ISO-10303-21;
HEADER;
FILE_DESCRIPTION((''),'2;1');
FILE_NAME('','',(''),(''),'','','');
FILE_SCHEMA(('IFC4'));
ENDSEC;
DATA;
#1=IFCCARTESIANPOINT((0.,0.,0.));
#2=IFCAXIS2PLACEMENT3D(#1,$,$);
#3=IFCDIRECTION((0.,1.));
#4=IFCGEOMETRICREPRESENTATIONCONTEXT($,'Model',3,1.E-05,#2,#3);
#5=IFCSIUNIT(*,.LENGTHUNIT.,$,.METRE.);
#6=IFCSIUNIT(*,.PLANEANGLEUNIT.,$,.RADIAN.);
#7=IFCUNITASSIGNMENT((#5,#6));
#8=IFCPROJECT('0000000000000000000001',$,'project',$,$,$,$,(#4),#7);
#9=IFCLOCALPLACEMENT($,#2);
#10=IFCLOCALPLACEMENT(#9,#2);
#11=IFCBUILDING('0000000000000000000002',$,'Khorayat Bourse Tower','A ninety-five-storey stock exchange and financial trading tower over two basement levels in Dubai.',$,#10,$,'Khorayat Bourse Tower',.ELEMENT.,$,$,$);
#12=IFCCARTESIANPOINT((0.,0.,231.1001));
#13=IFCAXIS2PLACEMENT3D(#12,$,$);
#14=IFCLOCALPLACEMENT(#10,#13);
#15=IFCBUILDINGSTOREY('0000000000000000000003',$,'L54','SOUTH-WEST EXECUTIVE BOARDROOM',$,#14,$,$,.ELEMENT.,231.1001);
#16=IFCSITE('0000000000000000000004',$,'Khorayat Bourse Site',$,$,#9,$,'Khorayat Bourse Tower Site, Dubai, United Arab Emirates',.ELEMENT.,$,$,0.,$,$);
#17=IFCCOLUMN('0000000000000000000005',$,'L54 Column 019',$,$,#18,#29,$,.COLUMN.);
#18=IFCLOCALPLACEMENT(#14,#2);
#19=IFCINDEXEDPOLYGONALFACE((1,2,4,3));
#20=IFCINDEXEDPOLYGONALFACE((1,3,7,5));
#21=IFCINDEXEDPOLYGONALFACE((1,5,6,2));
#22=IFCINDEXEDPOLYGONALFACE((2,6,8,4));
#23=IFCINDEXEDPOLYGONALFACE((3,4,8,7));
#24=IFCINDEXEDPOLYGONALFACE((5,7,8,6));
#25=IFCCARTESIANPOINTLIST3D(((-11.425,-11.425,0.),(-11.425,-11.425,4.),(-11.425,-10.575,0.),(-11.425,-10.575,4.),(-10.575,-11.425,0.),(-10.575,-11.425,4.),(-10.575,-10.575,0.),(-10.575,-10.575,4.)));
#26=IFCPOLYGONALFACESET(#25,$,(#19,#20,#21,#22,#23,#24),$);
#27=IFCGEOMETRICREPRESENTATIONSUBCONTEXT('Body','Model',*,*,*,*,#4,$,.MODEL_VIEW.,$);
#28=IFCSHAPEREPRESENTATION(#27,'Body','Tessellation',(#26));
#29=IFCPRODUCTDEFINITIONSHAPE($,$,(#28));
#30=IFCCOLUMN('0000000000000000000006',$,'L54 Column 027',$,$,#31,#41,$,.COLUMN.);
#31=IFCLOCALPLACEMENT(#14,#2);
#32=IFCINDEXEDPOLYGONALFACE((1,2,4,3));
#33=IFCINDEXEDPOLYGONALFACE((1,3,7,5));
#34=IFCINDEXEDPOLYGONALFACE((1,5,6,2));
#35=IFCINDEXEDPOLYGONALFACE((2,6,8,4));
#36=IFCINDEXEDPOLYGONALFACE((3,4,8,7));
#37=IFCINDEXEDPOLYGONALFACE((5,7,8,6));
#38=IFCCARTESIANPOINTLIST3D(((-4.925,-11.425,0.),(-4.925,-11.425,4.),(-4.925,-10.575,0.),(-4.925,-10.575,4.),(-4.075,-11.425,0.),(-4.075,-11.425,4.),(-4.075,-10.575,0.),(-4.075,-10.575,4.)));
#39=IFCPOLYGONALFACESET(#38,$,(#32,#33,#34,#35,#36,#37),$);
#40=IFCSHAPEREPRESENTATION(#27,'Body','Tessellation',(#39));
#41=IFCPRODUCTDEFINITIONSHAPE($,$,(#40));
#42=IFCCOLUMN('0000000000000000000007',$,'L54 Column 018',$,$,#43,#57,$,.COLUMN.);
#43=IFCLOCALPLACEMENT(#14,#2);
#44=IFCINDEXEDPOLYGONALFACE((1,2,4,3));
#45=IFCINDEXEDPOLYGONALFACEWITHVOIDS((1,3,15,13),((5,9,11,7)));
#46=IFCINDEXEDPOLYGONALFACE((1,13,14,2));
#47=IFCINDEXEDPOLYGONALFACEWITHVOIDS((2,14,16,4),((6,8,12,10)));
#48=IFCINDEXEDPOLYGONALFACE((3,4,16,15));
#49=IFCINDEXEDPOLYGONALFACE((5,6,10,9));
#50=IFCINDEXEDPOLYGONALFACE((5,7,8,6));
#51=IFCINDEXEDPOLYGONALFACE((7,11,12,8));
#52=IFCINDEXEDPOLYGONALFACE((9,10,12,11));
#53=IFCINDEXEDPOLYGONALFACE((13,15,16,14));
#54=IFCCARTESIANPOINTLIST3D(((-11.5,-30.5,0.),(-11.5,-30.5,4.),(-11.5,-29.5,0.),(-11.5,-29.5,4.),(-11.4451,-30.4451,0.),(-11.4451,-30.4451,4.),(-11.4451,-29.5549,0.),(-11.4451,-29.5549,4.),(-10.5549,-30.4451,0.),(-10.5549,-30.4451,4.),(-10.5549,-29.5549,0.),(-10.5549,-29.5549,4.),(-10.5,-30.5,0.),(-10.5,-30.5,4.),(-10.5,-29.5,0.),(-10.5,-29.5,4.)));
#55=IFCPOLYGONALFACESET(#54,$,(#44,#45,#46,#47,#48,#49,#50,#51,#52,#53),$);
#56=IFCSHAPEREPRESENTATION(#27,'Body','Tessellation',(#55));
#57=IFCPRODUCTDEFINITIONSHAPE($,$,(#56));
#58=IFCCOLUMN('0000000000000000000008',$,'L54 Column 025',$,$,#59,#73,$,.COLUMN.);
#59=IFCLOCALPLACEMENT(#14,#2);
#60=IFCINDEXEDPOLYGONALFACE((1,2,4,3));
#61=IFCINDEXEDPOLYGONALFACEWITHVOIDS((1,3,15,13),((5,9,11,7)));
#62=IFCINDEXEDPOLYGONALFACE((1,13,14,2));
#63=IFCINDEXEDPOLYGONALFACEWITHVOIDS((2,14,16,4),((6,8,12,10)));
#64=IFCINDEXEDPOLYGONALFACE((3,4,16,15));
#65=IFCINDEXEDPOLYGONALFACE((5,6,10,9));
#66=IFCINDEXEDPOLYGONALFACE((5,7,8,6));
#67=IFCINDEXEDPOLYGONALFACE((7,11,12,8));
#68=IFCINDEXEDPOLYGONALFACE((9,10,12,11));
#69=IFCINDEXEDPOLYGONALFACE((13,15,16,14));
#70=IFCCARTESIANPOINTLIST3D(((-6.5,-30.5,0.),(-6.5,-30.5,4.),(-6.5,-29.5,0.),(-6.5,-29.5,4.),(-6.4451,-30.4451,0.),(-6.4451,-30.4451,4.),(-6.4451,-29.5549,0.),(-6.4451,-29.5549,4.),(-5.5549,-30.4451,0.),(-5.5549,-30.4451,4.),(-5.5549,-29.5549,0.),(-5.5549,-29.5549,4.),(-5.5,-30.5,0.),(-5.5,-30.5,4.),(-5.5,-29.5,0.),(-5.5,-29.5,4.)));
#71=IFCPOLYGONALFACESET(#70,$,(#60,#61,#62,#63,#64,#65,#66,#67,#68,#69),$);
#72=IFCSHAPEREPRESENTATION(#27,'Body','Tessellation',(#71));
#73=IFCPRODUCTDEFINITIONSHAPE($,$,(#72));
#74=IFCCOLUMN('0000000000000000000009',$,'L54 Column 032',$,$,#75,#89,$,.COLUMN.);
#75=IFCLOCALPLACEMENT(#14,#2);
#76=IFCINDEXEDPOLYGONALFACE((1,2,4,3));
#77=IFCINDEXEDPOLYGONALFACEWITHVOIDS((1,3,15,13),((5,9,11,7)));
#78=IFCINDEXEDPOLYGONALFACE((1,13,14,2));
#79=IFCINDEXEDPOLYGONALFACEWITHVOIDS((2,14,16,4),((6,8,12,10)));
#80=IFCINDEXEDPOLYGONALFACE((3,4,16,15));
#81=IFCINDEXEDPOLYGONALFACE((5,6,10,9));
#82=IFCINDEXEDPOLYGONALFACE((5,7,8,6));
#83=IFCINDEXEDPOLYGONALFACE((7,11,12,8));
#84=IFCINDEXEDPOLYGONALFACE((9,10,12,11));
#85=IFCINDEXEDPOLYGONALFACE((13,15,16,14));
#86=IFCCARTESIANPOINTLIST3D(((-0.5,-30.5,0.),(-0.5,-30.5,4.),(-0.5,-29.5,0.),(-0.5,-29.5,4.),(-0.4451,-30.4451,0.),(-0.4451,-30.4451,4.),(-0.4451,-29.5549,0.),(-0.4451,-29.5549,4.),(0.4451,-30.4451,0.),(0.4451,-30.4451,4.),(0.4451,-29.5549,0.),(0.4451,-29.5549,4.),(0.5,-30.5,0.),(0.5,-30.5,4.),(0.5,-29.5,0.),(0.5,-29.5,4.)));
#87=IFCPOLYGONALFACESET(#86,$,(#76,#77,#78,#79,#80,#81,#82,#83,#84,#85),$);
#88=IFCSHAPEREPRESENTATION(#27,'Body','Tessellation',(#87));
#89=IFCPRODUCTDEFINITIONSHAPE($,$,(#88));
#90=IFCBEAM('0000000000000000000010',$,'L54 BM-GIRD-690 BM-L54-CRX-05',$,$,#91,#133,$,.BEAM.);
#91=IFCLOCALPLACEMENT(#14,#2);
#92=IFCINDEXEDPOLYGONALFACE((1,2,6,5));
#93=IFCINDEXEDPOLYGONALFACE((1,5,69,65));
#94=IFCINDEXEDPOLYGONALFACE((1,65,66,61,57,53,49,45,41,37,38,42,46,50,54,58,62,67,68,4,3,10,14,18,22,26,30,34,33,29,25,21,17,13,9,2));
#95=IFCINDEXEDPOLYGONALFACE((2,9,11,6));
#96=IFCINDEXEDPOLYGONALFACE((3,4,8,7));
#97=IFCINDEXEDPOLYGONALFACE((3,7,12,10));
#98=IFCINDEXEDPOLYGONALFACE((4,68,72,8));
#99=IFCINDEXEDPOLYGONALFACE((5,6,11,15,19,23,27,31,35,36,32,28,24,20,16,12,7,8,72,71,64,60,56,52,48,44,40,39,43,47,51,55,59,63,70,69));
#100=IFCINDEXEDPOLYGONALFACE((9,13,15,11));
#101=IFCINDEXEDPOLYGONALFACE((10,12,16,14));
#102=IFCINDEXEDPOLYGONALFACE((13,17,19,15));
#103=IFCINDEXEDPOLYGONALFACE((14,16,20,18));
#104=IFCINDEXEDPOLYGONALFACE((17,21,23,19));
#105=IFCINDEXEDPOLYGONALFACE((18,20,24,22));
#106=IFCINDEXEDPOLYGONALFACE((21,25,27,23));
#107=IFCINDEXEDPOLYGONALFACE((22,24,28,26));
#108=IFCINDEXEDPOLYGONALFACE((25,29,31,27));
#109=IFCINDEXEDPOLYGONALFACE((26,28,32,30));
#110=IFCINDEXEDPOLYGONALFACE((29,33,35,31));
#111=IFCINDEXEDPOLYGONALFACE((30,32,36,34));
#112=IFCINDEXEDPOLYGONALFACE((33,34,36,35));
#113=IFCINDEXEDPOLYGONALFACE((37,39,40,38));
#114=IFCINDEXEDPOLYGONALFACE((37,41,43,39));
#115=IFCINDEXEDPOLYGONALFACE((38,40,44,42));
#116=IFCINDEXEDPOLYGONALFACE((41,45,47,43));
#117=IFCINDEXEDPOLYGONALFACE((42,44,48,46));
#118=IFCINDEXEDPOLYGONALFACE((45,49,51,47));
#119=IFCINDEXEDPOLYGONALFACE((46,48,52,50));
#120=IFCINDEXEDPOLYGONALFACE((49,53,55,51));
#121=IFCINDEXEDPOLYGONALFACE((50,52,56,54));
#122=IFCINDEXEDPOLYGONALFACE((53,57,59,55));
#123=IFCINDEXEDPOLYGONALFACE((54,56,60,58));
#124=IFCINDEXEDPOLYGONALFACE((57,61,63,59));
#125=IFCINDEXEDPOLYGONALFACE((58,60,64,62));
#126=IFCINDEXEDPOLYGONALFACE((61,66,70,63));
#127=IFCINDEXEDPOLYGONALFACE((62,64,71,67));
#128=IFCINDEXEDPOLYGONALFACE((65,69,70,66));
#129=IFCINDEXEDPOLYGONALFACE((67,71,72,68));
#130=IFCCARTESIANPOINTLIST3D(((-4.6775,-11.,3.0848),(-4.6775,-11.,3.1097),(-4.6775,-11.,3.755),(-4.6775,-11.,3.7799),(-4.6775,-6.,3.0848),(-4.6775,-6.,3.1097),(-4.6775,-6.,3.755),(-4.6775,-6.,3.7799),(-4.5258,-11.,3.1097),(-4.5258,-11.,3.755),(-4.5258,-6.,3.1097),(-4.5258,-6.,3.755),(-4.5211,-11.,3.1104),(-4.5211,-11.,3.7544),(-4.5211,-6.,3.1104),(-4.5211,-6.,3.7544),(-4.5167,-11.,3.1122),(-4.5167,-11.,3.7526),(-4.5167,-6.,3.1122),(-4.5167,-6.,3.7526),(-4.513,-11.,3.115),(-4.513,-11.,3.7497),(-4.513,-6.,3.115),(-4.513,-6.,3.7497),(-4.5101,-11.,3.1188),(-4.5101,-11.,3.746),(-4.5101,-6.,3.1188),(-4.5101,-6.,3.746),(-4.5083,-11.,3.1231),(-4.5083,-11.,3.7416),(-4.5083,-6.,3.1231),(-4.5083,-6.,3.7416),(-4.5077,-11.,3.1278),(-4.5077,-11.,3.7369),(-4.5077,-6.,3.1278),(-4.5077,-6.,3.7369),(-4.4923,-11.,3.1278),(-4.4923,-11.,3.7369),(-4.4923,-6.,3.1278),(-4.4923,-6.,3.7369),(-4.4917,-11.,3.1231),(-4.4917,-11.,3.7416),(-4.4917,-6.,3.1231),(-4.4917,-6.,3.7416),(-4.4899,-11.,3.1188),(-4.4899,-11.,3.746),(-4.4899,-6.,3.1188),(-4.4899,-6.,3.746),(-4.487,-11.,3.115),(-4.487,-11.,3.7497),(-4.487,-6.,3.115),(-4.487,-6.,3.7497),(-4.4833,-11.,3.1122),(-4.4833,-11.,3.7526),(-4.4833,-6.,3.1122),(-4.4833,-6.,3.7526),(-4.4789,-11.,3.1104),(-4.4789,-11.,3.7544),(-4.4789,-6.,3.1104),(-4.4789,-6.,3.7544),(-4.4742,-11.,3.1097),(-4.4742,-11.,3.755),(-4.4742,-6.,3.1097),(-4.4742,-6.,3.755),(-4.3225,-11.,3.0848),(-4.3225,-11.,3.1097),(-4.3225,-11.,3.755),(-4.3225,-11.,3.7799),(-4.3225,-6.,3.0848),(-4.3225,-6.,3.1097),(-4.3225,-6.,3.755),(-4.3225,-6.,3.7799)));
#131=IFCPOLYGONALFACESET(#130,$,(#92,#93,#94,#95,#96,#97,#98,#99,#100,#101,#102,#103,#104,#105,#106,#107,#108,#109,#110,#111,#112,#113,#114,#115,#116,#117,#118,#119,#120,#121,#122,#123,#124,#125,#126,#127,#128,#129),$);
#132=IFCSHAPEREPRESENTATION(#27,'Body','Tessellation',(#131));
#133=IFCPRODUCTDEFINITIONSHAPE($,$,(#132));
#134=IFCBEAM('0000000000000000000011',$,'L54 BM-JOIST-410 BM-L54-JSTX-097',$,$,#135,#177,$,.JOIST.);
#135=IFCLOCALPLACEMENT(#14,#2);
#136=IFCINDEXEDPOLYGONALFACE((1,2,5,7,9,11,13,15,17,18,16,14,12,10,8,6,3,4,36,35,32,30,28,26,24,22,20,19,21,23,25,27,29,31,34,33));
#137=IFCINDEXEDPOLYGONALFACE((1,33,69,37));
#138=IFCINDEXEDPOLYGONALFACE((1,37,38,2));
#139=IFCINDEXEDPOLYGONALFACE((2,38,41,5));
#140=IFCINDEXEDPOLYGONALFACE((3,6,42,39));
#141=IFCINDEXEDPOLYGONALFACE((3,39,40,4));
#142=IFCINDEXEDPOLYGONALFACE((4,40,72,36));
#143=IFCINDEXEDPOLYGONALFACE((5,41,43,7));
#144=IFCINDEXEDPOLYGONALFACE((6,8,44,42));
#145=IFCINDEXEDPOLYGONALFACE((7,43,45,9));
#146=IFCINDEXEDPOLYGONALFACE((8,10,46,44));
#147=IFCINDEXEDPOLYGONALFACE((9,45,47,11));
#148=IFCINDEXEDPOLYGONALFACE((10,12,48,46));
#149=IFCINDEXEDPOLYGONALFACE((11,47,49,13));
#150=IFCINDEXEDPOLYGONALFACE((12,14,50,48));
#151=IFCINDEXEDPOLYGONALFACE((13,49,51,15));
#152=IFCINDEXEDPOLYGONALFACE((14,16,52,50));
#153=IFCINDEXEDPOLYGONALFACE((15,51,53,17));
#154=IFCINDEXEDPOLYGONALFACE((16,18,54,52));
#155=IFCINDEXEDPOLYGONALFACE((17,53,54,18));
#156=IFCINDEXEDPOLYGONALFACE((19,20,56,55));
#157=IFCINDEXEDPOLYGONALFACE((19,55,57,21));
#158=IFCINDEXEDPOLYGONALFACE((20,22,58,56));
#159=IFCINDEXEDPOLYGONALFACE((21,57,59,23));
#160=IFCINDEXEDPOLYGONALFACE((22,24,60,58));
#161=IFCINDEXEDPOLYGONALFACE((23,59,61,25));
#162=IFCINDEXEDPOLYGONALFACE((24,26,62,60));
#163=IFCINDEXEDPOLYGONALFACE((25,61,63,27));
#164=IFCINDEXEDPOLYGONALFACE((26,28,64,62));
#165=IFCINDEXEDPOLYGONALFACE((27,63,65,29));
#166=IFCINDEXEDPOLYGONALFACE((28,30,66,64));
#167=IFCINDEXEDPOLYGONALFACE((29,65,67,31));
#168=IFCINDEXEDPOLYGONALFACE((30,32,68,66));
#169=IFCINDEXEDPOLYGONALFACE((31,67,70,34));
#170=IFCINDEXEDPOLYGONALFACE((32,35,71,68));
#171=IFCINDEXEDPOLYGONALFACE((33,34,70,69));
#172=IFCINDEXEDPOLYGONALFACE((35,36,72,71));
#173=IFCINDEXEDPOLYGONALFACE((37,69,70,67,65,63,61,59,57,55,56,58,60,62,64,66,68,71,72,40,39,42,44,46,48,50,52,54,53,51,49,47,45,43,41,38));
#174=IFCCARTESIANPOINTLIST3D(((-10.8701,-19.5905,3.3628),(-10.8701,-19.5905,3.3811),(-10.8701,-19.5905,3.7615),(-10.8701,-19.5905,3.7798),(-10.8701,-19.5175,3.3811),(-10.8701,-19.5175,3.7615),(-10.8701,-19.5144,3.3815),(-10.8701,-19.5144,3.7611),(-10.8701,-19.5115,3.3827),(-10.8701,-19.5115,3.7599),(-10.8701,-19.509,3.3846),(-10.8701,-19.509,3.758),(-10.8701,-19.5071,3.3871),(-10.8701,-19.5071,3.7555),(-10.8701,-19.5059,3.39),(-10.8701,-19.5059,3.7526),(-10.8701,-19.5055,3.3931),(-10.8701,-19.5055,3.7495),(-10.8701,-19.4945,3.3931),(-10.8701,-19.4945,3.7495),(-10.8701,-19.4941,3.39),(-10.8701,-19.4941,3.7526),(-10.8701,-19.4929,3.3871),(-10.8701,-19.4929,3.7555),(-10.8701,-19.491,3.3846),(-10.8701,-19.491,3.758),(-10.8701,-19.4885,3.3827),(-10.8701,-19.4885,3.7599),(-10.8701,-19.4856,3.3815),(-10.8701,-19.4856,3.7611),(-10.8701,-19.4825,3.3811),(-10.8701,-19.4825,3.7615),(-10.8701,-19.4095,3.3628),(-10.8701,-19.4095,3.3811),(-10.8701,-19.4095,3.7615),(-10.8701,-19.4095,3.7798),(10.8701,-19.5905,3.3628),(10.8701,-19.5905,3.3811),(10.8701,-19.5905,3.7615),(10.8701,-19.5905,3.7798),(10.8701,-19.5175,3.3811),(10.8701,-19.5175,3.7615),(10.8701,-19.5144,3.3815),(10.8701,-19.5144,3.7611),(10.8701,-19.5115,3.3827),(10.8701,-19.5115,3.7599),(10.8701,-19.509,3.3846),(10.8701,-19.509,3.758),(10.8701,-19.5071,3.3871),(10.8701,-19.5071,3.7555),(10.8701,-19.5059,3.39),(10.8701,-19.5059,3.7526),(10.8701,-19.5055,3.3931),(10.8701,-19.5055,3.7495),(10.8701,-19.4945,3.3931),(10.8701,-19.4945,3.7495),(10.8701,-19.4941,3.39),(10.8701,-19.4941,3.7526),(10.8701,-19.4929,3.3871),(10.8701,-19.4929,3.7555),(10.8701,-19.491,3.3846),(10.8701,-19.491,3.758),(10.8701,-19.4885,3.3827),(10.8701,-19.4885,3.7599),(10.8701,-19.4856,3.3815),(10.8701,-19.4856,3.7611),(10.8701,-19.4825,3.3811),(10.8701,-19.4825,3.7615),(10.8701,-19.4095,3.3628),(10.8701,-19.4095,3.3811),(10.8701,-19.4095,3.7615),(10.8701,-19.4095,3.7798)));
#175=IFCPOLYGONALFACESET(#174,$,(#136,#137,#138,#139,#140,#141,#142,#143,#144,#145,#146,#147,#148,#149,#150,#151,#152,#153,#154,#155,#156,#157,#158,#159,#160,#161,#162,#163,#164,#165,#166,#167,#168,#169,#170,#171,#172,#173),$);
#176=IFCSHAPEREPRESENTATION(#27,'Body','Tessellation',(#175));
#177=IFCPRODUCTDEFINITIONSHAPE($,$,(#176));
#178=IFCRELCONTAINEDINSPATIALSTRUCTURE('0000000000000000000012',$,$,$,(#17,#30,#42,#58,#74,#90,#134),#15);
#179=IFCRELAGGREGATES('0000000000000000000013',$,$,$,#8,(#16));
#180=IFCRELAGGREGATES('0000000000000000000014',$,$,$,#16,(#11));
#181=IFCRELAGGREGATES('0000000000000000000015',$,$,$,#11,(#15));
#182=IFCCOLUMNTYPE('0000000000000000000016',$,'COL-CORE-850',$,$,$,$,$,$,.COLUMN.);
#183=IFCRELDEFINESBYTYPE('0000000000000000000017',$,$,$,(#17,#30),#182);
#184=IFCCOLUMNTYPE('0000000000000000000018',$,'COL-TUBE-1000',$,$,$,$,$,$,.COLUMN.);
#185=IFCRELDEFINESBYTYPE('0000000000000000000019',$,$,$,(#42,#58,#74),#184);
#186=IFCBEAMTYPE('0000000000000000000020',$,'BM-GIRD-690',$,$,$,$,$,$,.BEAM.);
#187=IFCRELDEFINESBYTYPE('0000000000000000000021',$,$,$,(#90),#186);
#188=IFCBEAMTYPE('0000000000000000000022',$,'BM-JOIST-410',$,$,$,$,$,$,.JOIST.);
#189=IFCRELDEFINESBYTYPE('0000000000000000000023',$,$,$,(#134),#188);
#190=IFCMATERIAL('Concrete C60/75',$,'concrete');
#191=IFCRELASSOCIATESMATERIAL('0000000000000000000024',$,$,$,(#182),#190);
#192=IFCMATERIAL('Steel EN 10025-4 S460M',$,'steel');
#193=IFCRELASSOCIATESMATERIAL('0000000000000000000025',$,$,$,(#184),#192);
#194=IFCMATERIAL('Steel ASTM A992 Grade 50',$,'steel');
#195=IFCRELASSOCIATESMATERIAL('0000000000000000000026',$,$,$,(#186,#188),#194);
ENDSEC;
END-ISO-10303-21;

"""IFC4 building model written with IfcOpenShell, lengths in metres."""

from ifc_helpers import new_model, si_unit, direction, frame, origin, origin_2d, place, context, subcontext, project, spatial, rectangle, hollow_rectangle, i_section, extrude, source, transform, mapped, material, material_profile, profile_set, type_object, element, save


model = new_model("IFC4")

# Units and contexts
model_context = context("Model", 3, precision=1e-05, world=origin(), true_north=direction((0.0, 1.0)))
body_context = subcontext(model_context, "Body", "Model", "MODEL_VIEW")
ifc_project = project(units=[si_unit("LENGTHUNIT", "METRE"), si_unit("PLANEANGLEUNIT", "RADIAN")], contexts=[model_context])

# Site, building, storey
site_placement = place(None, origin())
site = spatial("IfcSite", under=ifc_project, at=site_placement, Name="Khorayat Bourse Site", LongName="Khorayat Bourse Tower Site, Dubai, United Arab Emirates", CompositionType="ELEMENT", RefElevation=0.0)
building_placement = place(site_placement, origin())
building = spatial("IfcBuilding", under=site, at=building_placement, Name="Khorayat Bourse Tower", Description="A ninety-five-storey stock exchange and financial trading tower over two basement levels in Dubai.", LongName="Khorayat Bourse Tower", CompositionType="ELEMENT")
storey_placement = place(building_placement, frame((0.0, 0.0, 231.1001)))
storey = spatial("IfcBuildingStorey", under=building, at=storey_placement, Name="L54", Description="SOUTH-WEST EXECUTIVE BOARDROOM", CompositionType="ELEMENT", Elevation=231.1001)

# Columns
ifc_material_1 = material(Name="Concrete C60/75", Category="concrete")
ifc_material_profile_1 = material_profile(ifc_material_1, rectangle(XDim=0.8501, YDim=0.8501, at=origin_2d()), Name="RC 850x850")
ifc_profile_set_1 = profile_set([ifc_material_profile_1], Name="Concrete C60/75")
column_type_1 = type_object("IfcColumnType", Name="COL-CORE-850", PredefinedType="COLUMN", material=ifc_profile_set_1)
shared_shape_1 = source(origin(), body_context, "Body", "SweptSolid", [
    extrude(rectangle(XDim=0.8501, YDim=0.8501, at=origin_2d()), origin(), (0.0, 0.0, 1.0), 4.0),
])
for number, where, z_axis, x_axis, name in (
    (1, (-11.0, -11.0, 0.0), (0.0, 0.0, 1.0), (1.0, 0.0, 0.0), "L54 Column 019"),
    (2, (-4.5, -11.0, 0.0), (0.0, 0.0, 1.0), (1.0, 0.0, 0.0), "L54 Column 027"),
):
    element("IfcColumn", number, at=place(storey_placement, frame(where, z_axis=z_axis, x_axis=x_axis)), inside=storey, type_object=column_type_1, Name=name, PredefinedType="COLUMN", context=body_context, shape_type="MappedRepresentation", body=[
        mapped(shared_shape_1, transform((0.0, 0.0, 0.0), scale=1.0)),
    ])
ifc_material_2 = material(Name="Steel EN 10025-4 S460M", Category="steel")
ifc_material_profile_2 = material_profile(ifc_material_2, hollow_rectangle(XDim=1.0, YDim=1.0, WallThickness=0.0549, at=origin_2d()), Name="BOX 1000x1000x55")
ifc_profile_set_2 = profile_set([ifc_material_profile_2], Name="Steel EN 10025-4 S460M")
column_type_2 = type_object("IfcColumnType", Name="COL-TUBE-1000", PredefinedType="COLUMN", material=ifc_profile_set_2)
shared_shape_2 = source(origin(), body_context, "Body", "SweptSolid", [
    extrude(hollow_rectangle(XDim=1.0, YDim=1.0, WallThickness=0.0549, at=origin_2d()), origin(), (0.0, 0.0, 1.0), 4.0),
])
for number, where, z_axis, x_axis, name in (
    (3, (-11.0, -30.0, 0.0), (0.0, 0.0, 1.0), (1.0, 0.0, 0.0), "L54 Column 018"),
    (4, (-6.0, -30.0, 0.0), (0.0, 0.0, 1.0), (1.0, 0.0, 0.0), "L54 Column 025"),
    (5, (0.0, -30.0, 0.0), (0.0, 0.0, 1.0), (1.0, 0.0, 0.0), "L54 Column 032"),
):
    element("IfcColumn", number, at=place(storey_placement, frame(where, z_axis=z_axis, x_axis=x_axis)), inside=storey, type_object=column_type_2, Name=name, PredefinedType="COLUMN", context=body_context, shape_type="MappedRepresentation", body=[
        mapped(shared_shape_2, transform((0.0, 0.0, 0.0), scale=1.0)),
    ])

# Beams
ifc_material_3 = material(Name="Steel ASTM A992 Grade 50", Category="steel")
ifc_material_profile_3 = material_profile(ifc_material_3, i_section(OverallWidth=0.355, OverallDepth=0.6951, WebThickness=0.0154, FlangeThickness=0.0249, FilletRadius=0.0181, at=origin_2d()), Name="W690X217")
ifc_profile_set_3 = profile_set([ifc_material_profile_3], Name="Steel ASTM A992 Grade 50")
beam_type_1 = type_object("IfcBeamType", Name="BM-GIRD-690", PredefinedType="BEAM", material=ifc_profile_set_3)
shared_shape_3 = source(origin(), body_context, "Body", "SweptSolid", [
    extrude(i_section(OverallWidth=0.355, OverallDepth=0.6951, WebThickness=0.0154, FlangeThickness=0.0249, FilletRadius=0.0181, at=origin_2d()), origin(), (0.0, 0.0, 1.0), 5.0),
])
beam_1_placement = place(storey_placement, frame((-4.5, -11.0, 3.4324), z_axis=(0.0, 1.0, 0.0), x_axis=(-1.0, 0.0, 0.0)))
element("IfcBeam", 6, at=beam_1_placement, inside=storey, type_object=beam_type_1, Name="L54 BM-GIRD-690 BM-L54-CRX-05", PredefinedType="BEAM", context=body_context, shape_type="MappedRepresentation", body=[
    mapped(shared_shape_3, transform((0.0, 0.0, 0.0), scale=1.0)),
])
ifc_material_profile_4 = material_profile(ifc_material_3, i_section(OverallWidth=0.1809, OverallDepth=0.417, WebThickness=0.011, FlangeThickness=0.0183, FilletRadius=0.012, at=origin_2d()), Name="W410X85")
ifc_profile_set_4 = profile_set([ifc_material_profile_4], Name="Steel ASTM A992 Grade 50")
beam_type_2 = type_object("IfcBeamType", Name="BM-JOIST-410", PredefinedType="JOIST", material=ifc_profile_set_4)
shared_shape_4 = source(origin(), body_context, "Body", "SweptSolid", [
    extrude(i_section(OverallWidth=0.1809, OverallDepth=0.417, WebThickness=0.011, FlangeThickness=0.0183, FilletRadius=0.012, at=origin_2d()), origin(), (0.0, 0.0, 1.0), 21.7402),
])
beam_2_placement = place(storey_placement, frame((-10.8701, -19.5, 3.5713), z_axis=(1.0, 0.0, 0.0), x_axis=(0.0, 1.0, 0.0)))
element("IfcBeam", 7, at=beam_2_placement, inside=storey, type_object=beam_type_2, Name="L54 BM-JOIST-410 BM-L54-JSTX-097", PredefinedType="JOIST", context=body_context, shape_type="MappedRepresentation", body=[
    mapped(shared_shape_4, transform((0.0, 0.0, 0.0), scale=1.0)),
])

save(model, "model.ifc")
